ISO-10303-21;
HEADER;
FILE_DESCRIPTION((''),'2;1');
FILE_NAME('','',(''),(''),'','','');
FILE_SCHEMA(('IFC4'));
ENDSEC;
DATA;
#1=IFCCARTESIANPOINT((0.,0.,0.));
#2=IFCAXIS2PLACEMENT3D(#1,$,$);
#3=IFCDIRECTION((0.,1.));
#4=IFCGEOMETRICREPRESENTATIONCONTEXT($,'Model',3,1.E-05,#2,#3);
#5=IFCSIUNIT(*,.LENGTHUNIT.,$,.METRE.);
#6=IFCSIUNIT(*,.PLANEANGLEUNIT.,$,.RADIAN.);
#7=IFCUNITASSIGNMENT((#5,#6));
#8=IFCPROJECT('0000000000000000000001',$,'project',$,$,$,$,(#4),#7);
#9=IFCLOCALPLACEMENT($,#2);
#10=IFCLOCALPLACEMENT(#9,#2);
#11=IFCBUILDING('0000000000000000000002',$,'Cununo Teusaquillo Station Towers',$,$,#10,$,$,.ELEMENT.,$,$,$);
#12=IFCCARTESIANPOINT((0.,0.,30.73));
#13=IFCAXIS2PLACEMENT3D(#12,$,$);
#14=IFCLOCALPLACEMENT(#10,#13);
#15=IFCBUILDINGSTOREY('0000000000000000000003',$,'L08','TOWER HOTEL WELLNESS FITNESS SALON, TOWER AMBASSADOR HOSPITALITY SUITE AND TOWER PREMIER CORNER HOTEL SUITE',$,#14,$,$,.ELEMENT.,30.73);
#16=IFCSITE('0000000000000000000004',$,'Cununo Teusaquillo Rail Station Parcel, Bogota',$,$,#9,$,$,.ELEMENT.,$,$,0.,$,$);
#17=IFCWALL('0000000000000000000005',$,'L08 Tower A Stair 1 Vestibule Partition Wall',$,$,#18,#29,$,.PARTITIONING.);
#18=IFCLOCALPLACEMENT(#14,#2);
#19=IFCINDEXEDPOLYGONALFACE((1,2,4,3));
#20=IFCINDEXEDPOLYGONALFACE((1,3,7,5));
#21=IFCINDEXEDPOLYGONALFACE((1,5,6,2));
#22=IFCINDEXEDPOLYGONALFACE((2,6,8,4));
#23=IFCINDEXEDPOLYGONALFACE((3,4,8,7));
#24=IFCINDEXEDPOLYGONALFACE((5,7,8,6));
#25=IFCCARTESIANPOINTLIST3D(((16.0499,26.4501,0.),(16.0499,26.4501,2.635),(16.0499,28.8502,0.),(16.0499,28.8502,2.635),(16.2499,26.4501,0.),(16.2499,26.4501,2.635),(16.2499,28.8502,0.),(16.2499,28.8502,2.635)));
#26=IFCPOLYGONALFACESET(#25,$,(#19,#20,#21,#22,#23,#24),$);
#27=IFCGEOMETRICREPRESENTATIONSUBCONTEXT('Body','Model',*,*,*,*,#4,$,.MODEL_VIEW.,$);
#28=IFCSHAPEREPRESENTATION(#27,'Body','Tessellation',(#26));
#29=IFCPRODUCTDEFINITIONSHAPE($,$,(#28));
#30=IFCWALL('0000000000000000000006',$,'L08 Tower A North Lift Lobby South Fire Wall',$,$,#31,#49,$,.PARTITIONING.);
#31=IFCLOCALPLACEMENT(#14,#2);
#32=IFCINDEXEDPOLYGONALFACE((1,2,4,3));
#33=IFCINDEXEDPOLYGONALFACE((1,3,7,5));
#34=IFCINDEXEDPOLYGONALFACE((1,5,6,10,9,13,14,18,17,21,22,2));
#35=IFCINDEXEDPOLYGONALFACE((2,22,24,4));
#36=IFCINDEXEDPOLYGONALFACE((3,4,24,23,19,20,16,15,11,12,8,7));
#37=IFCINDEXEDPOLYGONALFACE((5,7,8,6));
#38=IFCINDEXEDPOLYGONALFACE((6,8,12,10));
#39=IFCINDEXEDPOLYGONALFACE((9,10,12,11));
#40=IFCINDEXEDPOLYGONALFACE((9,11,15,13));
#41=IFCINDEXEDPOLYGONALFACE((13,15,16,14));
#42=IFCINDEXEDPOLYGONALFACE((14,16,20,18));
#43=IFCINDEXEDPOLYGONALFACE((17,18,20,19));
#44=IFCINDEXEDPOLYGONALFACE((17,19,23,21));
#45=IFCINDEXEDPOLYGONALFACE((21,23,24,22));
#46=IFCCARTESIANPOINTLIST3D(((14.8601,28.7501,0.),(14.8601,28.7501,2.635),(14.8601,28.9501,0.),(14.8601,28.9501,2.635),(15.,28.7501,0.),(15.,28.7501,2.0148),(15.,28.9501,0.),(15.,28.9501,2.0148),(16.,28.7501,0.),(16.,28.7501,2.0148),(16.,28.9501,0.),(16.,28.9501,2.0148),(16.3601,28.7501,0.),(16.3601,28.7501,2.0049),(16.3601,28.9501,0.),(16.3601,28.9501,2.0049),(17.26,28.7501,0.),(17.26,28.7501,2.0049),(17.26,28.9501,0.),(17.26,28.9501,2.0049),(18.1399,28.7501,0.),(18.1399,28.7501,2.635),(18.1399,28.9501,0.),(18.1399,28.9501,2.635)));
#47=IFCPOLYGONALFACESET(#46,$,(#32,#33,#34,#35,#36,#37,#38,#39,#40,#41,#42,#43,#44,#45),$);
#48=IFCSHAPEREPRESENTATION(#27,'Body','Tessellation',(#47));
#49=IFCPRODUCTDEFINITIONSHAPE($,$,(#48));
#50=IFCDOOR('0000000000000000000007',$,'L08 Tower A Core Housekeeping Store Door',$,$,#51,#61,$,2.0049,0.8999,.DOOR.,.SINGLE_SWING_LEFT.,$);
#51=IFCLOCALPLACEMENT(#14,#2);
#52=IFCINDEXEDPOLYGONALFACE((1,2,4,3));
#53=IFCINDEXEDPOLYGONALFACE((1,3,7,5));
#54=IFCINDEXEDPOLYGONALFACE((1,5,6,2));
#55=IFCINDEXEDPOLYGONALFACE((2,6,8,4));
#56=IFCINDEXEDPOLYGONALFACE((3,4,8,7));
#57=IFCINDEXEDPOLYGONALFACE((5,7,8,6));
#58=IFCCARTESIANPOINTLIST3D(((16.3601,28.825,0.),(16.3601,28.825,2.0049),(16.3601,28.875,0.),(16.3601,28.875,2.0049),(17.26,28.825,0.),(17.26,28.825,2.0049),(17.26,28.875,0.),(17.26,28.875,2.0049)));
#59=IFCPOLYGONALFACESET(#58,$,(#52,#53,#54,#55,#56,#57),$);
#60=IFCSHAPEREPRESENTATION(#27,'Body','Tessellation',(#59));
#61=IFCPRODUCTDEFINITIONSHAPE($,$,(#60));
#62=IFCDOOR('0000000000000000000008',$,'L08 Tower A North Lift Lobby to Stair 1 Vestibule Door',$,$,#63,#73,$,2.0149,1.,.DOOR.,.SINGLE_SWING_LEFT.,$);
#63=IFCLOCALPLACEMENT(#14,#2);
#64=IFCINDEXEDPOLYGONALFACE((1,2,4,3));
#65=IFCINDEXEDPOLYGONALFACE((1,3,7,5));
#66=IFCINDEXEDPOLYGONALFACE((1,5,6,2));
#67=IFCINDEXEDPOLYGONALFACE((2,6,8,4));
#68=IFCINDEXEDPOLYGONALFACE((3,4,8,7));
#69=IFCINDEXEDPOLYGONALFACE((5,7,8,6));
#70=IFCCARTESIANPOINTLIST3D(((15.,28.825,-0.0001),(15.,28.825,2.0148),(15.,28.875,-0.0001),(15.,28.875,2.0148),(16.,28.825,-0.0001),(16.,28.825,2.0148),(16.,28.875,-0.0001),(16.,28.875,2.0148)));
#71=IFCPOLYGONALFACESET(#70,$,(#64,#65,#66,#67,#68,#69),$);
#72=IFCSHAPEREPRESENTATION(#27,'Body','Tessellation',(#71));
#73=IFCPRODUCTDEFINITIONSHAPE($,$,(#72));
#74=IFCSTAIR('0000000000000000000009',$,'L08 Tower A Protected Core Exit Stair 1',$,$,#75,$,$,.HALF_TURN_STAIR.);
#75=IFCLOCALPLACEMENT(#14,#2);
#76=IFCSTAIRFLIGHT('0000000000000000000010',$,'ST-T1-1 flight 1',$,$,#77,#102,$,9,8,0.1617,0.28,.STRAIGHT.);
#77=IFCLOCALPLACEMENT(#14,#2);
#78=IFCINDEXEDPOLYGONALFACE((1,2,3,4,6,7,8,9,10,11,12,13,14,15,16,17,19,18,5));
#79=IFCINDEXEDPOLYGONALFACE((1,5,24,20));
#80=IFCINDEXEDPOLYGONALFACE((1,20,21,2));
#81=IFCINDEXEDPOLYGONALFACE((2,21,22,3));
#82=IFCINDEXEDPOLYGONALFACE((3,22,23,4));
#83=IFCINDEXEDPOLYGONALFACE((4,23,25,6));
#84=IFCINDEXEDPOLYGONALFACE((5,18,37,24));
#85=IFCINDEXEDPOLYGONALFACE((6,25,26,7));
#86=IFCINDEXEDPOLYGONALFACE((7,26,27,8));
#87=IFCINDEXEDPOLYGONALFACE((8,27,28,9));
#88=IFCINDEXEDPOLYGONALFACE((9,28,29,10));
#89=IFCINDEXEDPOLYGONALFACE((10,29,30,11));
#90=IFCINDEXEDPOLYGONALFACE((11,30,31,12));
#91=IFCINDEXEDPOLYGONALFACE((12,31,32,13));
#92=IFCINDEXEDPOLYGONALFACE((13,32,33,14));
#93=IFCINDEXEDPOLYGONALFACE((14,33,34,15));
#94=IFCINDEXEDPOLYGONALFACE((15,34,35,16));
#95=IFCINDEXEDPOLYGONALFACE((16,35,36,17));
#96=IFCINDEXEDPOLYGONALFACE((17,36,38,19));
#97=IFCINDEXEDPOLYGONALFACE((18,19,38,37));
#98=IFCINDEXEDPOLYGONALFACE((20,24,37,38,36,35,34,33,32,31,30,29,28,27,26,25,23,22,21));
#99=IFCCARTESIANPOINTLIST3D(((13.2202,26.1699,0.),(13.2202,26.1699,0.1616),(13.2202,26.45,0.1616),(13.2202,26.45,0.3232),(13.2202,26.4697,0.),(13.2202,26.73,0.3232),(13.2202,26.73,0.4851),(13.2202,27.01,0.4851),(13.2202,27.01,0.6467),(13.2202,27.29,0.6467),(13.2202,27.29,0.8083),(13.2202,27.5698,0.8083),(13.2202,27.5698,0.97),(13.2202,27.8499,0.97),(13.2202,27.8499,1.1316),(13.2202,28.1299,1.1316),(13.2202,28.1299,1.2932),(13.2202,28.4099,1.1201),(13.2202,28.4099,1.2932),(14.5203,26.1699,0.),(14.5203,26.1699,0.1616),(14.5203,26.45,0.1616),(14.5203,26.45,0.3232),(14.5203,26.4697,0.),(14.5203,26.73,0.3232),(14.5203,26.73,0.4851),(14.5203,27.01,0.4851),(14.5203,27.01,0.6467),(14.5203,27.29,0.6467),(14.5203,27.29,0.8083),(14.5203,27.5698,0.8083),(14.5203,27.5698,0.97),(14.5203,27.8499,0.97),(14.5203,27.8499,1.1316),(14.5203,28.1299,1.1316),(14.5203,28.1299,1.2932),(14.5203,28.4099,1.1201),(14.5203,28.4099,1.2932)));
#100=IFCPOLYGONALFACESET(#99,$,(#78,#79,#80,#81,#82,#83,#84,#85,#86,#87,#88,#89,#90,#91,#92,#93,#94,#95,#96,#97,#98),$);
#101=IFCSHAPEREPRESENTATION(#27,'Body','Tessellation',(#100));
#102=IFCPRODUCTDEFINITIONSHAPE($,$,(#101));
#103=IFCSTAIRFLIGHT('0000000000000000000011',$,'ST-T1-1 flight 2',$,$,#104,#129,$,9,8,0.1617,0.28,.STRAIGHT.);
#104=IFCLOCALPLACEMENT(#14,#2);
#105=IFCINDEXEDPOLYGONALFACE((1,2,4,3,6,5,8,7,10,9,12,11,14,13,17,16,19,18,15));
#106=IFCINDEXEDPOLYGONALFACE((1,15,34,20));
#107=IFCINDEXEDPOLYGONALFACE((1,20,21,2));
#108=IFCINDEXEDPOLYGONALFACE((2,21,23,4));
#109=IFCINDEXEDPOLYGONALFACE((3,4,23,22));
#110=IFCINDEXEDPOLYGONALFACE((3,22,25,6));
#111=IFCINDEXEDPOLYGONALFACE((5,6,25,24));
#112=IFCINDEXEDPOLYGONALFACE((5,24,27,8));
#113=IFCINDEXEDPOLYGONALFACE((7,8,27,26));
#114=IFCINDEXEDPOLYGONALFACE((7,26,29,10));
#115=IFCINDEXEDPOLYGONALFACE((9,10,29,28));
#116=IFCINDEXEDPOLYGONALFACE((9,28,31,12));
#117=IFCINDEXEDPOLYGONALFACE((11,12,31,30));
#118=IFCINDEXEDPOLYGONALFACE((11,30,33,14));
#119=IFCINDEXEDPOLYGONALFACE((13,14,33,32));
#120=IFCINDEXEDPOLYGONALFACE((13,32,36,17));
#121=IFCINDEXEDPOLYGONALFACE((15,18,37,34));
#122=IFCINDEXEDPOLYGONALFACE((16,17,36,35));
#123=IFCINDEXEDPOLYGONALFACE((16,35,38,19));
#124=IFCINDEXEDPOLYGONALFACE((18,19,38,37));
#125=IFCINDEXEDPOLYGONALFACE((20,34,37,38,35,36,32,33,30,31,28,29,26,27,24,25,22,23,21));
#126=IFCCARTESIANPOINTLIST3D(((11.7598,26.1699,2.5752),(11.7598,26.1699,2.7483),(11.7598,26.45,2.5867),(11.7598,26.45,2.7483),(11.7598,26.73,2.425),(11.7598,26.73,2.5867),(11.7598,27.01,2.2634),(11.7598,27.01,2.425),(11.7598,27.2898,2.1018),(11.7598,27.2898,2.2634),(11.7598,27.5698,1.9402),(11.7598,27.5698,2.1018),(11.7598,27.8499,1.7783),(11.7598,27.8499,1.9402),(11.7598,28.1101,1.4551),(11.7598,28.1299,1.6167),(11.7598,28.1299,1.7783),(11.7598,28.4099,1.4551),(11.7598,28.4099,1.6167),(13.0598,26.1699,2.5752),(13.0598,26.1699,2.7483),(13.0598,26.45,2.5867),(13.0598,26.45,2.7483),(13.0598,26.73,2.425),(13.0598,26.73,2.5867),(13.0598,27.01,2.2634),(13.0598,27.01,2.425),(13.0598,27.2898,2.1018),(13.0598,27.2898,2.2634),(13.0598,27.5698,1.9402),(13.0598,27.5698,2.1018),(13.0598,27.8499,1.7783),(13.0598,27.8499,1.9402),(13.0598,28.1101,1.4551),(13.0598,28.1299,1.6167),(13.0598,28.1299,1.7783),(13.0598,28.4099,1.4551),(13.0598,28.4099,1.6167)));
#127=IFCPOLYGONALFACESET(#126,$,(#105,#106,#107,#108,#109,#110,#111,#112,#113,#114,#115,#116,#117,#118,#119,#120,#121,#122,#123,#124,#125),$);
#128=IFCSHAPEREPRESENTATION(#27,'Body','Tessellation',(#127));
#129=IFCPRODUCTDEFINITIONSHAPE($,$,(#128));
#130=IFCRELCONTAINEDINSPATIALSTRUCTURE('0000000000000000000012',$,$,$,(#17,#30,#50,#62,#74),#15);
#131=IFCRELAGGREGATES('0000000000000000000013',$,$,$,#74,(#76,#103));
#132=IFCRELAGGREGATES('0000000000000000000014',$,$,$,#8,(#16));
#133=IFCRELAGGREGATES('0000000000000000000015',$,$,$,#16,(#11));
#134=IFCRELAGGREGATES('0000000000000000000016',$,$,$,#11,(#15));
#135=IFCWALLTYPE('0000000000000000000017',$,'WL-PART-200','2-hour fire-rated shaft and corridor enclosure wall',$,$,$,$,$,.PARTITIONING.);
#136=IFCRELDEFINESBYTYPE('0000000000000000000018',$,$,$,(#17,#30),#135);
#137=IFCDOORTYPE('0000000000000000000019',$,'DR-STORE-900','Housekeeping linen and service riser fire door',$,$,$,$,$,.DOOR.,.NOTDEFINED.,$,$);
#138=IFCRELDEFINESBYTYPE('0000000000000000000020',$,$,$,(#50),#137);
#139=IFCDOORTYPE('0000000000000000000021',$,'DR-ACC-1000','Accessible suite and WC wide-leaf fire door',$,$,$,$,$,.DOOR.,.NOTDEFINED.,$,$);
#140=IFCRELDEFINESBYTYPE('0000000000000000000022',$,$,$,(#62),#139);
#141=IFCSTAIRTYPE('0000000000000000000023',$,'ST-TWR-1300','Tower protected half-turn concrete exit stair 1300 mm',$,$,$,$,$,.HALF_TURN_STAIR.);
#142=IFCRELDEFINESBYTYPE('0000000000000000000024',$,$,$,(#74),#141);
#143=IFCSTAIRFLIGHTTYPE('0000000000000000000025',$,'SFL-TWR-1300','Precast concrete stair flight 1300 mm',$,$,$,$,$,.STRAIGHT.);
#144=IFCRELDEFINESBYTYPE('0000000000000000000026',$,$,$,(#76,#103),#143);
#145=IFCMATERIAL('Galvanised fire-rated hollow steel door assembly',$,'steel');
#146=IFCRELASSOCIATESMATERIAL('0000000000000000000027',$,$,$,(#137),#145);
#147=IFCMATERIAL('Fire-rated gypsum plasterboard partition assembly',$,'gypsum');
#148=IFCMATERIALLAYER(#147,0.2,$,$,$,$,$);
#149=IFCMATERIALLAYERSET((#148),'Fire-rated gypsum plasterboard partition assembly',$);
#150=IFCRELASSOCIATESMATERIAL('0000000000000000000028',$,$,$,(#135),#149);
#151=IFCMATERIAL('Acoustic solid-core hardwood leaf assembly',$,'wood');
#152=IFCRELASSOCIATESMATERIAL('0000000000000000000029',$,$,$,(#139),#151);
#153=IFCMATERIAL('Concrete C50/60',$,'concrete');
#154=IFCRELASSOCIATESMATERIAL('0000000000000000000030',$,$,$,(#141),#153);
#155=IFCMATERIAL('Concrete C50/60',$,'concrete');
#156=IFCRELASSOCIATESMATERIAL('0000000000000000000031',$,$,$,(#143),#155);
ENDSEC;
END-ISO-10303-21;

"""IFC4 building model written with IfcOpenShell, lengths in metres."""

from ifc_helpers import new_model, si_unit, direction, frame, frame_2d, origin, place, context, subcontext, project, spatial, polyline, rectangle, outline, extrude, source, transform, mapped, material, layer, layer_set, type_object, element, fill, aggregate, save


model = new_model("IFC4")

# Units and contexts
model_context = context("Model", 3, precision=1e-05, world=origin(), true_north=direction((0.0, 1.0)))
body_context = subcontext(model_context, "Body", "Model", "MODEL_VIEW")
ifc_project = project(units=[si_unit("LENGTHUNIT", "METRE"), si_unit("PLANEANGLEUNIT", "RADIAN")], contexts=[model_context])

# Site, building, storey
site_placement = place(None, origin())
site = spatial("IfcSite", under=ifc_project, at=site_placement, Name="Cununo Teusaquillo Rail Station Parcel, Bogota", CompositionType="ELEMENT", RefElevation=0.0)
building_placement = place(site_placement, origin())
building = spatial("IfcBuilding", under=site, at=building_placement, Name="Cununo Teusaquillo Station Towers", CompositionType="ELEMENT")
storey_placement = place(building_placement, frame((0.0, 0.0, 30.73)))
storey = spatial("IfcBuildingStorey", under=building, at=storey_placement, Name="L08", Description="TOWER HOTEL WELLNESS FITNESS SALON, TOWER AMBASSADOR HOSPITALITY SUITE AND TOWER PREMIER CORNER HOTEL SUITE", CompositionType="ELEMENT", Elevation=30.73)

# Shared definitions
ifc_material_1 = material(Name="Galvanised fire-rated hollow steel door assembly", Category="steel")
door_type_1 = type_object("IfcDoorType", Name="DR-STORE-900", Description="Housekeeping linen and service riser fire door", OperationType="NOTDEFINED", PredefinedType="DOOR", material=ifc_material_1)
shared_shape_1 = source(origin(), body_context, "Body", "SweptSolid", [
    extrude(rectangle(XDim=0.8999, YDim=2.0049, at=frame_2d((0.45, 1.0024))), frame((0.0, 0.0249, 0.0), z_axis=(0.0, -1.0, 0.0), x_axis=(1.0, 0.0, 0.0)), (0.0, 0.0, 1.0), 0.05),
])

# Shared definitions
ifc_material_2 = material(Name="Fire-rated gypsum plasterboard partition assembly", Category="gypsum")
ifc_layer_1 = layer(ifc_material_2, 0.2)
ifc_layer_set_1 = layer_set([ifc_layer_1], Name="Fire-rated gypsum plasterboard partition assembly")
wall_type_1 = type_object("IfcWallType", Name="WL-PART-200", Description="2-hour fire-rated shaft and corridor enclosure wall", PredefinedType="PARTITIONING", material=ifc_layer_set_1)
shared_shape_2 = source(origin(), body_context, "Body", "SweptSolid", [
    extrude(rectangle(XDim=0.8999, YDim=2.0049, at=frame_2d((0.45, 1.0024))), frame((0.0, 0.1099, 0.0), z_axis=(0.0, -1.0, 0.0), x_axis=(1.0, 0.0, 0.0)), (0.0, 0.0, 1.0), 0.22),
])

# Wall
wall_1_placement = place(storey_placement, frame((16.1499, 26.45, 0.0), z_axis=(0.0, 0.0, 1.0), x_axis=(0.0, 1.0, 0.0)))
element("IfcWall", 1, at=wall_1_placement, inside=storey, type_object=wall_type_1, Name="L08 Tower A Stair 1 Vestibule Partition Wall", PredefinedType="PARTITIONING", context=body_context, shape_type="SweptSolid", body=[
    extrude(rectangle(XDim=2.4001, YDim=0.2, at=frame_2d((1.2002, 0.0))), origin(), (0.0, 0.0, 1.0), 2.635),
])

# Wall, openings, doors
wall_2_placement = place(storey_placement, frame((14.8601, 28.8501, 0.0), z_axis=(0.0, 0.0, 1.0), x_axis=(1.0, 0.0, 0.0)))
wall_2 = element("IfcWall", 2, at=wall_2_placement, inside=storey, type_object=wall_type_1, Name="L08 Tower A North Lift Lobby South Fire Wall", PredefinedType="PARTITIONING", context=body_context, shape_type="SweptSolid", body=[
    extrude(rectangle(XDim=3.2798, YDim=0.2, at=frame_2d((1.6399, 0.0))), origin(), (0.0, 0.0, 1.0), 2.635),
])
shared_shape_3 = source(origin(), body_context, "Body", "SweptSolid", [
    extrude(rectangle(XDim=1.0, YDim=2.0149, at=frame_2d((0.5, 1.0073))), frame((0.0, 0.1099, 0.0), z_axis=(0.0, -1.0, 0.0), x_axis=(1.0, 0.0, 0.0)), (0.0, 0.0, 1.0), 0.22),
])
opening_1_placement = place(wall_2_placement, frame((0.1399, 0.0, 0.0)))
opening_1 = element("IfcOpeningElement", 3, at=opening_1_placement, cuts=wall_2, PredefinedType="OPENING", context=body_context, shape_type="MappedRepresentation", body=[
    mapped(shared_shape_3, transform((0.0, 0.0, 0.0), x_axis=(1.0, 0.0, 0.0), y_axis=(0.0, 1.0, 0.0), z_axis=(0.0, 0.0, 1.0), scale=1.0)),
])
opening_2_placement = place(wall_2_placement, frame((1.5, 0.0, 0.0)))
opening_2 = element("IfcOpeningElement", 4, at=opening_2_placement, cuts=wall_2, PredefinedType="OPENING", context=body_context, shape_type="MappedRepresentation", body=[
    mapped(shared_shape_2, transform((0.0, 0.0, 0.0), x_axis=(1.0, 0.0, 0.0), y_axis=(0.0, 1.0, 0.0), z_axis=(0.0, 0.0, 1.0), scale=1.0)),
])
door_1_placement = place(opening_2_placement, origin())
door_1 = element("IfcDoor", 5, at=door_1_placement, inside=storey, type_object=door_type_1, Name="L08 Tower A Core Housekeeping Store Door", OperationType="SINGLE_SWING_LEFT", OverallHeight=2.0049, OverallWidth=0.8999, PredefinedType="DOOR", context=body_context, shape_type="MappedRepresentation", body=[
    mapped(shared_shape_1, transform((0.0, 0.0, 0.0), x_axis=(1.0, 0.0, 0.0), y_axis=(0.0, 1.0, 0.0), z_axis=(0.0, 0.0, 1.0), scale=1.0)),
])
fill(opening_2, door_1)
ifc_material_3 = material(Name="Acoustic solid-core hardwood leaf assembly", Category="wood")
door_type_2 = type_object("IfcDoorType", Name="DR-ACC-1000", Description="Accessible suite and WC wide-leaf fire door", OperationType="NOTDEFINED", PredefinedType="DOOR", material=ifc_material_3)
shared_shape_4 = source(origin(), body_context, "Body", "SweptSolid", [
    extrude(rectangle(XDim=1.0, YDim=2.0149, at=frame_2d((0.5, 1.0073))), frame((0.0, 0.0249, 0.0), z_axis=(0.0, -1.0, 0.0), x_axis=(1.0, 0.0, 0.0)), (0.0, 0.0, 1.0), 0.05),
])
door_2_placement = place(opening_1_placement, origin())
door_2 = element("IfcDoor", 6, at=door_2_placement, inside=storey, type_object=door_type_2, Name="L08 Tower A North Lift Lobby to Stair 1 Vestibule Door", OperationType="SINGLE_SWING_LEFT", OverallHeight=2.0149, OverallWidth=1.0, PredefinedType="DOOR", context=body_context, shape_type="MappedRepresentation", body=[
    mapped(shared_shape_4, transform((0.0, 0.0, 0.0), x_axis=(1.0, 0.0, 0.0), y_axis=(0.0, 1.0, 0.0), z_axis=(0.0, 0.0, 1.0), scale=1.0)),
])
fill(opening_1, door_2)

# Stair, stair flights
ifc_material_4 = material(Name="Concrete C50/60", Category="concrete")
stair_type = type_object("IfcStairType", Name="ST-TWR-1300", Description="Tower protected half-turn concrete exit stair 1300 mm", PredefinedType="HALF_TURN_STAIR", material=ifc_material_4)
stair_placement = place(storey_placement, origin())
stair = element("IfcStair", 7, at=stair_placement, inside=storey, type_object=stair_type, Name="L08 Tower A Protected Core Exit Stair 1", PredefinedType="HALF_TURN_STAIR")
ifc_material_5 = material(Name="Concrete C50/60", Category="concrete")
stair_flight_type = type_object("IfcStairFlightType", Name="SFL-TWR-1300", Description="Precast concrete stair flight 1300 mm", PredefinedType="STRAIGHT", material=ifc_material_5)
stair_flight_1_placement = place(storey_placement, frame((13.8701, 26.1699, 0.0), z_axis=(0.0, 0.0, 1.0), x_axis=(0.0, 1.0, 0.0)))
stair_flight_1 = element("IfcStairFlight", 8, at=stair_flight_1_placement, type_object=stair_flight_type, Name="ST-T1-1 flight 1", NumberOfRisers=9, NumberOfTreads=8, PredefinedType="STRAIGHT", RiserHeight=0.1617, TreadLength=0.28, context=body_context, shape_type="SweptSolid", body=[
    extrude(outline(polyline([(0.0, 0.0), (0.0, 0.1616), (0.28, 0.1616), (0.28, 0.3232), (0.5601, 0.3232), (0.5601, 0.4851), (0.8401, 0.4851), (0.8401, 0.6467), (1.1201, 0.6467), (1.1201, 0.8083), (1.3999, 0.8083), (1.3999, 0.97), (1.6799, 0.97), (1.6799, 1.1316), (1.96, 1.1316), (1.96, 1.2932), (2.24, 1.2932), (2.24, 1.4551), (2.24, 1.1201), (0.2998, 0.0), (0.0, 0.0)])), frame((0.0, 0.6499, 0.0), z_axis=(0.0, -1.0, 0.0), x_axis=(1.0, 0.0, 0.0)), (0.0, 0.0, 1.0), 1.3),
])
stair_flight_2_placement = place(storey_placement, frame((12.4099, 28.4099, 1.4551), z_axis=(0.0, 0.0, 1.0), x_axis=(0.0, -1.0, 0.0)))
stair_flight_2 = element("IfcStairFlight", 9, at=stair_flight_2_placement, type_object=stair_flight_type, Name="ST-T1-1 flight 2", NumberOfRisers=9, NumberOfTreads=8, PredefinedType="STRAIGHT", RiserHeight=0.1617, TreadLength=0.28, context=body_context, shape_type="SweptSolid", body=[
    extrude(outline(polyline([(0.0, 0.0), (0.0, 0.1616), (0.28, 0.1616), (0.28, 0.3232), (0.5601, 0.3232), (0.5601, 0.4851), (0.8401, 0.4851), (0.8401, 0.6467), (1.1201, 0.6467), (1.1201, 0.8083), (1.3999, 0.8083), (1.3999, 0.97), (1.6799, 0.97), (1.6799, 1.1316), (1.96, 1.1316), (1.96, 1.2932), (2.24, 1.2932), (2.24, 1.4551), (2.24, 1.1201), (0.2998, 0.0), (0.0, 0.0)])), frame((0.0, 0.6499, 0.0), z_axis=(0.0, -1.0, 0.0), x_axis=(1.0, 0.0, 0.0)), (0.0, 0.0, 1.0), 1.3),
])
aggregate(stair, [stair_flight_1, stair_flight_2])

save(model, "model.ifc")
